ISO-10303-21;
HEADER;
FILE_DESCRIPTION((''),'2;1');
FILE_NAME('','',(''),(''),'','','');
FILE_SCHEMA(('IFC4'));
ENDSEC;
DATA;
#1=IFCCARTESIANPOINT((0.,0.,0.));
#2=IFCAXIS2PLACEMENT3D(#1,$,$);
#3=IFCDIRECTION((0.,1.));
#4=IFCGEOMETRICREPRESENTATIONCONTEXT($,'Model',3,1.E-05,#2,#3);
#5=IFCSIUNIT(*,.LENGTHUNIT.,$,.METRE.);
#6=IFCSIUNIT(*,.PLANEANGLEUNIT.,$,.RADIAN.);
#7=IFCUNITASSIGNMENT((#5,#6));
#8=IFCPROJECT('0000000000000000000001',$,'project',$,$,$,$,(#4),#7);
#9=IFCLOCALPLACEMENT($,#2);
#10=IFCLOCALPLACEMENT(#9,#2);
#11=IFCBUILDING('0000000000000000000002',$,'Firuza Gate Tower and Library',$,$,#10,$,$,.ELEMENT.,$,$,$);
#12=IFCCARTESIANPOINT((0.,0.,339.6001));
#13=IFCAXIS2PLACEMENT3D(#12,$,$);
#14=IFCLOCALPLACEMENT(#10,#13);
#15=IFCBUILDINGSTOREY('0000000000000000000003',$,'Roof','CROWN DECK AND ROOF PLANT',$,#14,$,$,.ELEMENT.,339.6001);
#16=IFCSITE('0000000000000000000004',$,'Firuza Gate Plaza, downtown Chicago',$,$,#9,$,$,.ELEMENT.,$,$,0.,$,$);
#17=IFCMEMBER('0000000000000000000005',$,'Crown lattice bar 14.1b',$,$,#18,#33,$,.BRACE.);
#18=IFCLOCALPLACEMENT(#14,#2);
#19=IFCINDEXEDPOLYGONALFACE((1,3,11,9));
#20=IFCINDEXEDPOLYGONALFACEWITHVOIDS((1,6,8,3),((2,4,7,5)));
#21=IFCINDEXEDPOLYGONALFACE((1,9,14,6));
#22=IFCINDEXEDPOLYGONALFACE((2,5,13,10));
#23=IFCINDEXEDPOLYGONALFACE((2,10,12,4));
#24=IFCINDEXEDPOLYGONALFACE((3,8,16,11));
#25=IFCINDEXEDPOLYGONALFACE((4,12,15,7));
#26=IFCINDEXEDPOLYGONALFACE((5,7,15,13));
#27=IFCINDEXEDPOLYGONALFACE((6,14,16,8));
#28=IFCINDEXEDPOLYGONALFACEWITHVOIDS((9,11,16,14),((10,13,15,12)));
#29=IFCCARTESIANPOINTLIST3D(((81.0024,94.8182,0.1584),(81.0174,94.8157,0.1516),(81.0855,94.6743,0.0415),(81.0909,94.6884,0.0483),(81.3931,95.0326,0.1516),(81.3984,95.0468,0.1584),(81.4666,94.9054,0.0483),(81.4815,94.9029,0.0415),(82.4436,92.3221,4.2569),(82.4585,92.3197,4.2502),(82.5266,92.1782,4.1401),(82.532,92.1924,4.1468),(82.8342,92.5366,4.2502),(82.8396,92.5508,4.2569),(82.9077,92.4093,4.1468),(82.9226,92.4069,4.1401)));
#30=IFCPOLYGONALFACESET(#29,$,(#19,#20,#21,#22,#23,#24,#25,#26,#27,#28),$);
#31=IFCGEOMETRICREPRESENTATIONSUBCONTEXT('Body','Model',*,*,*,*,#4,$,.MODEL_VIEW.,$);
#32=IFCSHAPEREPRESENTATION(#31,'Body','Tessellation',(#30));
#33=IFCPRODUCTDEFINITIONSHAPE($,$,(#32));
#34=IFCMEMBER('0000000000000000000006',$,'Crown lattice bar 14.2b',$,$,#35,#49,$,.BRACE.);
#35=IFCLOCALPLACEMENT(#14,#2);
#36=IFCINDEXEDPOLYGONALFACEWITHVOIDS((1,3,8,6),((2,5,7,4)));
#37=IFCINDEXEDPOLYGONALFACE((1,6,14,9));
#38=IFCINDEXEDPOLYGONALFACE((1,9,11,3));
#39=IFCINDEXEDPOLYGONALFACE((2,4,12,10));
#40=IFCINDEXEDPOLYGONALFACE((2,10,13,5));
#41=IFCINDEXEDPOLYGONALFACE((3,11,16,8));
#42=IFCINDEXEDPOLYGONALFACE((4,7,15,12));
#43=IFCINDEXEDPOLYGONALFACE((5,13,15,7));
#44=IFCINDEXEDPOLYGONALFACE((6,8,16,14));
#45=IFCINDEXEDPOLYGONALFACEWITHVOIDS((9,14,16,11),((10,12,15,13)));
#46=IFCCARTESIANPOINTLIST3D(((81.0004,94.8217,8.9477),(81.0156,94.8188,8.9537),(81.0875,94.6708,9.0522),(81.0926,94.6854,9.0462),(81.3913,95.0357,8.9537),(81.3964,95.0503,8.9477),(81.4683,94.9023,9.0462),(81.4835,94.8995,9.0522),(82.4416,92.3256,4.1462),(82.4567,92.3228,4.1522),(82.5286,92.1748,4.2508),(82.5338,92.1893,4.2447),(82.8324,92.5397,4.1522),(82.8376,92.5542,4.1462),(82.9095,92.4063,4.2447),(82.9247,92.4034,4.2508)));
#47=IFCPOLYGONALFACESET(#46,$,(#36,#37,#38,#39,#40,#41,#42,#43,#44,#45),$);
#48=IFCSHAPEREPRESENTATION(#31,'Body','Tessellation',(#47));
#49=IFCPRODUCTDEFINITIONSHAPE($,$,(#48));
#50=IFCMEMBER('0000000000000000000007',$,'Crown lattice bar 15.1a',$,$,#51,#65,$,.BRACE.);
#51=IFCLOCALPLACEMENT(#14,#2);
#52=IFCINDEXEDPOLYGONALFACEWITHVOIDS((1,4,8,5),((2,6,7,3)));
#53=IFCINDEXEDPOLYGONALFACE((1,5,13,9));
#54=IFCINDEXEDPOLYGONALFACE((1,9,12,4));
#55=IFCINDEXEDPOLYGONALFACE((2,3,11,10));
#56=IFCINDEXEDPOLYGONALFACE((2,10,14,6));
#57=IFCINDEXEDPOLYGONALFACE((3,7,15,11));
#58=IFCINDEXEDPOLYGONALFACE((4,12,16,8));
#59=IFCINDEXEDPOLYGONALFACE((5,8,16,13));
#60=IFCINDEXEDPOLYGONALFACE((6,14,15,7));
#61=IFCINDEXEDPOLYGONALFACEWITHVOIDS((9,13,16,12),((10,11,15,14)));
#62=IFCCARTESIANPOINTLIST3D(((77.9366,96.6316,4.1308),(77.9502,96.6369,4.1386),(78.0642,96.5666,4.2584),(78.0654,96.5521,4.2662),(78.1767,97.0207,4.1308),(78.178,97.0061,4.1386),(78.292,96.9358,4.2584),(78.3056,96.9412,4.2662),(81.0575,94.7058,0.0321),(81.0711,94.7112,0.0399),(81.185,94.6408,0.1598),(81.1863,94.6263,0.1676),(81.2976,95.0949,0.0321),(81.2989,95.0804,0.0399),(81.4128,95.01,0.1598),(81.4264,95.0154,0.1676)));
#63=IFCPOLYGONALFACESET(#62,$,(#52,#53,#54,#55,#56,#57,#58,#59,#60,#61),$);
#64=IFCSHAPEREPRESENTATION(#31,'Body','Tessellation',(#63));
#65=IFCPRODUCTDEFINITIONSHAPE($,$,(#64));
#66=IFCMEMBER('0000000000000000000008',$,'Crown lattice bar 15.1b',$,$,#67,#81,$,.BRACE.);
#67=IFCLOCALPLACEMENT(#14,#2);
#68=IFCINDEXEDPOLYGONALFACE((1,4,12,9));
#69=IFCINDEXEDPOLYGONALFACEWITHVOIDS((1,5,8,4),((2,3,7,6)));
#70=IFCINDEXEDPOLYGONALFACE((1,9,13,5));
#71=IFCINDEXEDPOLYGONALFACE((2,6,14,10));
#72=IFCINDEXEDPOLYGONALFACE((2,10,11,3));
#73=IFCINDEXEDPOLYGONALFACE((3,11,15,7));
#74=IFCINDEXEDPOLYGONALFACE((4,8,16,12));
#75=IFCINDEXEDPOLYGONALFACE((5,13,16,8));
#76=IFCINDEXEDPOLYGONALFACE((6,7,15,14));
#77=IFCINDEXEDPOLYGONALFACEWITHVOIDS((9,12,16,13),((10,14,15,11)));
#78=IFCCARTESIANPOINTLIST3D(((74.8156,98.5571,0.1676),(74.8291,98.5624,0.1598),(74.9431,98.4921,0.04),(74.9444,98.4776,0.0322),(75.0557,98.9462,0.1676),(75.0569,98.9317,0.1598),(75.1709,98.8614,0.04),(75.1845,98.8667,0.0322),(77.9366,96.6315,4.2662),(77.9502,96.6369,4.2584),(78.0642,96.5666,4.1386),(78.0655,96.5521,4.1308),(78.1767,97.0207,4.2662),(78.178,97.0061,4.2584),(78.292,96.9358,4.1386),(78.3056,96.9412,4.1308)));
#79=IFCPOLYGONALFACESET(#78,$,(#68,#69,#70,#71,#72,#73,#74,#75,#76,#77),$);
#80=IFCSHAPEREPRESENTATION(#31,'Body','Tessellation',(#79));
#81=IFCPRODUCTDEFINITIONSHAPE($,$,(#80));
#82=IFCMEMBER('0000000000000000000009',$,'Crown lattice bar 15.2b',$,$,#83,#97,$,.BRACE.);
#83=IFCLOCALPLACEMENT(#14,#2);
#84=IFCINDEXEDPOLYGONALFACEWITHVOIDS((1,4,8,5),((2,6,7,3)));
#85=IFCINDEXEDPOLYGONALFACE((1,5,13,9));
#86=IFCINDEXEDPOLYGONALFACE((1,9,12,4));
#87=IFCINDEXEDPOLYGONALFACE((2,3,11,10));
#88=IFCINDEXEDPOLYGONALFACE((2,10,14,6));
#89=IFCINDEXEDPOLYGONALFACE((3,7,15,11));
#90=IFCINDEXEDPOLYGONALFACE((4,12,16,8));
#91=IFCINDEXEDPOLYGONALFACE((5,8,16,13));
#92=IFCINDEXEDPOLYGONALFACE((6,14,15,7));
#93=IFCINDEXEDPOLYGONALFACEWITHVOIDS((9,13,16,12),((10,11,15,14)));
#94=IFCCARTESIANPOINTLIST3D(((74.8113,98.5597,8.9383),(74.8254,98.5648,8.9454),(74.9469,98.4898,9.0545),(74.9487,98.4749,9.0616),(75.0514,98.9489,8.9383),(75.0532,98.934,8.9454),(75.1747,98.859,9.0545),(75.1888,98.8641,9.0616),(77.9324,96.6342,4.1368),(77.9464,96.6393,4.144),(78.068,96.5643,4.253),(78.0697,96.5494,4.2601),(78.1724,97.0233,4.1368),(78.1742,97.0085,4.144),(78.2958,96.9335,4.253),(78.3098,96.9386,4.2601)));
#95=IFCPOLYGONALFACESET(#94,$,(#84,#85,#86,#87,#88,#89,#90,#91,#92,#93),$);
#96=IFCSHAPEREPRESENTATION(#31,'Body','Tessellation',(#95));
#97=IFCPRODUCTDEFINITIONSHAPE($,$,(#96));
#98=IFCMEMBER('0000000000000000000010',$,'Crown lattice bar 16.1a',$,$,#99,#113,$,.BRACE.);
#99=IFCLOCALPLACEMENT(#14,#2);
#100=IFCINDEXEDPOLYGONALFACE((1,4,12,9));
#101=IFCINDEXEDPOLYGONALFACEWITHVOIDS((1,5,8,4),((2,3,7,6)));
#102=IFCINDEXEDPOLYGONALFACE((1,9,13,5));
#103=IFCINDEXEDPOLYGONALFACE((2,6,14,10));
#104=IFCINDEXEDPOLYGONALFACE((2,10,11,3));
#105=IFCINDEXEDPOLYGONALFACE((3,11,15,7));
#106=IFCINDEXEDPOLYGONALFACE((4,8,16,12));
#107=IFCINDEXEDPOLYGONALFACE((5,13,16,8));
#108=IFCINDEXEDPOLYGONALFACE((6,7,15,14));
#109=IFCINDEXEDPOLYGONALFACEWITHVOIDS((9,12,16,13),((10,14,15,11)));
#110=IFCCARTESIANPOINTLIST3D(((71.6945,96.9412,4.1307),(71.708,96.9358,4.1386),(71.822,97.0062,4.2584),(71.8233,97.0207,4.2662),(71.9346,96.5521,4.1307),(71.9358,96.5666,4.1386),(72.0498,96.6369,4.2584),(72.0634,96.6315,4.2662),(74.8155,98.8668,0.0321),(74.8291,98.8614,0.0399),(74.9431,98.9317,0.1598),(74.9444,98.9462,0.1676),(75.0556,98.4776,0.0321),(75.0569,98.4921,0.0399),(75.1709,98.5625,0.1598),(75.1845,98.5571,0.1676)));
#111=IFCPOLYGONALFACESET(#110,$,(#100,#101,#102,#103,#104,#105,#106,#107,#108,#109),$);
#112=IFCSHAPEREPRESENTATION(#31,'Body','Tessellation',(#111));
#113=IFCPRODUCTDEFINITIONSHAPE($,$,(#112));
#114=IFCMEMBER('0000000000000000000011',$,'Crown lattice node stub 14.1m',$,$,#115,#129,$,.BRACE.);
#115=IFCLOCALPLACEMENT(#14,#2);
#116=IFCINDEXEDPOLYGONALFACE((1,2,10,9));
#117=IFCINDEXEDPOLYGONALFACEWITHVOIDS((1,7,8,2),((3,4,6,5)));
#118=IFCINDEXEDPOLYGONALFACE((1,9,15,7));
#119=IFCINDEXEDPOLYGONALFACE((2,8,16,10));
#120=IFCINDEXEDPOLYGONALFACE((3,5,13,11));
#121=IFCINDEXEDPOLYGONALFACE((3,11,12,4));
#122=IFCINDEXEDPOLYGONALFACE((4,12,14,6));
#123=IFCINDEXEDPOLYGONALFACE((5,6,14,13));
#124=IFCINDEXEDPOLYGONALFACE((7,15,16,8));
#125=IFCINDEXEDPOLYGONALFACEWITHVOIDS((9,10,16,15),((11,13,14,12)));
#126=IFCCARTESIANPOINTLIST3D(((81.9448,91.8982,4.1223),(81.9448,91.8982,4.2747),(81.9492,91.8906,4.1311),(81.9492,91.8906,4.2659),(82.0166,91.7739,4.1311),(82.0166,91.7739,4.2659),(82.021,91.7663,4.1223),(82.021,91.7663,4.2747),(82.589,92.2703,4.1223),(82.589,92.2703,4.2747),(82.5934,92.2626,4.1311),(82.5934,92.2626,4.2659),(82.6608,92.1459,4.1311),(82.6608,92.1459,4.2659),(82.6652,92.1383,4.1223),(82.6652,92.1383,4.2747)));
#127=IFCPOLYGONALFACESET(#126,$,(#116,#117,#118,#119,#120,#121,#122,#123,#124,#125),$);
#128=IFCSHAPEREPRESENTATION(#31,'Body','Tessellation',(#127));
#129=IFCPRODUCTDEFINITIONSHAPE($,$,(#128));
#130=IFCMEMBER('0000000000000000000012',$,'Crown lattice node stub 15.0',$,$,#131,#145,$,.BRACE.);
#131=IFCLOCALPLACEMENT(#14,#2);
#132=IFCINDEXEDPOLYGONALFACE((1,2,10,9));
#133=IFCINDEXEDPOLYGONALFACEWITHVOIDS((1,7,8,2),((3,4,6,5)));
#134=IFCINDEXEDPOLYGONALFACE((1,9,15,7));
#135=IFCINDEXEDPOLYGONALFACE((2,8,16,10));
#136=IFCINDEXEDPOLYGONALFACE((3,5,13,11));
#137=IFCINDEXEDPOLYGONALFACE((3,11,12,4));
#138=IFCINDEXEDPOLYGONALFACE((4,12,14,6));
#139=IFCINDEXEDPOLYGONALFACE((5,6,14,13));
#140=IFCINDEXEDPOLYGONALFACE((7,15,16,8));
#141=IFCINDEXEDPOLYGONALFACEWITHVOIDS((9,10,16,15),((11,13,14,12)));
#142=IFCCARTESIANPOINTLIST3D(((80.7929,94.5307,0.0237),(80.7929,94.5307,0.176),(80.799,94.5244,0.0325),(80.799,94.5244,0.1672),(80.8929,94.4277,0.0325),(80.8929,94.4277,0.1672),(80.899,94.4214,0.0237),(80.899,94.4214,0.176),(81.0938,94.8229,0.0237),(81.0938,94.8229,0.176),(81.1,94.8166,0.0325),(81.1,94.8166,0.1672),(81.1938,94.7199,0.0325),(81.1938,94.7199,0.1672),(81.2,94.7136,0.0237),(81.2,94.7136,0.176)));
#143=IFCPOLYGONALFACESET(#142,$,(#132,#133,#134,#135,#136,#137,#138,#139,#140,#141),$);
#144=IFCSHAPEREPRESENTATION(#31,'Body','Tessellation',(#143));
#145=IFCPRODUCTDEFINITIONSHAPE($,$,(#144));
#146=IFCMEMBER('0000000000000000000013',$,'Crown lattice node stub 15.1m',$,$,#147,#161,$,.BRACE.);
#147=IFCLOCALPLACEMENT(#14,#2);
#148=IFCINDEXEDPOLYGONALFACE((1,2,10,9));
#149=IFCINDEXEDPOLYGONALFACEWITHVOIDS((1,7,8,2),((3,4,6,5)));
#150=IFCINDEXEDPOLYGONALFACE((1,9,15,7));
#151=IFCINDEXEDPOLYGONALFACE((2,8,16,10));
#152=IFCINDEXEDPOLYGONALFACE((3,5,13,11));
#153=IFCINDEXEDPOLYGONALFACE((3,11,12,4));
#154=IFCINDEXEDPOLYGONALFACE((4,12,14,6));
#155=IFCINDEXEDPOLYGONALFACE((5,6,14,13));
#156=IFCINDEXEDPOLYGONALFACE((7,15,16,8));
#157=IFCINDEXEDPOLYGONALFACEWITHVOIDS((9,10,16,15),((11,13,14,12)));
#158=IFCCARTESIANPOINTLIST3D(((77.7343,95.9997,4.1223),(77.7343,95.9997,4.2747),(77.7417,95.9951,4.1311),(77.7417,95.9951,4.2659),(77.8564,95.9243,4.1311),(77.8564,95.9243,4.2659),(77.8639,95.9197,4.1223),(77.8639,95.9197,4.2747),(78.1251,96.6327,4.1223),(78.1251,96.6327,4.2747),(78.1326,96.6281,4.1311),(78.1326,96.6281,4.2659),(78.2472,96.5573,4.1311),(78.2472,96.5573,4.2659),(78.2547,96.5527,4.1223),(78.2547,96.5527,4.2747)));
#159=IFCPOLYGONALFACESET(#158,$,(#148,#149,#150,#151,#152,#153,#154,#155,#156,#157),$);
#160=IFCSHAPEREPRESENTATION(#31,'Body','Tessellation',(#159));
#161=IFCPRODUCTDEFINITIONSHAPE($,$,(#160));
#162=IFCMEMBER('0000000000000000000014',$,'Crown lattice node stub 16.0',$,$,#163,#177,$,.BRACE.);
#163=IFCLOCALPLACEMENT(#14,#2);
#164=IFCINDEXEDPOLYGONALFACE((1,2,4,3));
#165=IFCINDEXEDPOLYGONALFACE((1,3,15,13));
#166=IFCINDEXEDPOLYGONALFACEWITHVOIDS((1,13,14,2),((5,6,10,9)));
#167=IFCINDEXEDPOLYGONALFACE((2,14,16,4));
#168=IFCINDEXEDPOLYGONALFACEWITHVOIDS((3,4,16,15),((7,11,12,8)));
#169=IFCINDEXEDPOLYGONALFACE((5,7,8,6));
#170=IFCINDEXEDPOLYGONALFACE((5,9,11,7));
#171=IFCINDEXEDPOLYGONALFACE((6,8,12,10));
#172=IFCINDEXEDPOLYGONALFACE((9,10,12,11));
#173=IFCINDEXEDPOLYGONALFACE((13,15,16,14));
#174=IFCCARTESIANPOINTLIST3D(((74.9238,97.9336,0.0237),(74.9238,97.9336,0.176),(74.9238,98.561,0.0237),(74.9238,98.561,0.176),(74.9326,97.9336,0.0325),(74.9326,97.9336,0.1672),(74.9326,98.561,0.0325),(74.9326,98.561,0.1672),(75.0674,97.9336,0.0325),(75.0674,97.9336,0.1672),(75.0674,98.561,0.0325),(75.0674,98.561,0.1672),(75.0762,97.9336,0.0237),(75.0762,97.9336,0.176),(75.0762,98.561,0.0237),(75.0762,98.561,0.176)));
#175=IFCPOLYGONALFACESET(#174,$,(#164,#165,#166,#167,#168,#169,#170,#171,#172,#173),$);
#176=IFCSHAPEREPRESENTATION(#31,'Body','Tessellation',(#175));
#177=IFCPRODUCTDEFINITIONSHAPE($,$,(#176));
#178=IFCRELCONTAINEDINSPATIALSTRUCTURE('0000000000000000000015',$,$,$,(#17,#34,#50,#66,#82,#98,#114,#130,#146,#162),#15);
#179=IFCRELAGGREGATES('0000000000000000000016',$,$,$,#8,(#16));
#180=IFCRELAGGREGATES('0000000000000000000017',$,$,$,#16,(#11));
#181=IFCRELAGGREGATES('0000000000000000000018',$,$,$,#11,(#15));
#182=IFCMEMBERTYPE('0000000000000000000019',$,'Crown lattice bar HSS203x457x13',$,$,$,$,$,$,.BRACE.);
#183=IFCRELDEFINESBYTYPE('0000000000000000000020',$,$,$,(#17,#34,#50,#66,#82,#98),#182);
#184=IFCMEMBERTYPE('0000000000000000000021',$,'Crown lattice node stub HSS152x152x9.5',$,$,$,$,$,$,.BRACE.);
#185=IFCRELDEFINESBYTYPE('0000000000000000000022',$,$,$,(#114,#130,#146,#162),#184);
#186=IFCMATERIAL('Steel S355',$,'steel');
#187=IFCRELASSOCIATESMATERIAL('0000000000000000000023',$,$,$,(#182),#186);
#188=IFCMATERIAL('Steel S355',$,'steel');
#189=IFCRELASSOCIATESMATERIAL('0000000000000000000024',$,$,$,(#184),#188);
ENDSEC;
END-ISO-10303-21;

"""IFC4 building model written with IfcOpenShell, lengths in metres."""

from ifc_helpers import new_model, si_unit, direction, frame, origin, origin_2d, place, context, subcontext, project, spatial, hollow_rectangle, extrude, material, material_profile, profile_set, type_object, element, save


model = new_model("IFC4")

# Units and contexts
model_context = context("Model", 3, precision=1e-05, world=origin(), true_north=direction((0.0, 1.0)))
body_context = subcontext(model_context, "Body", "Model", "MODEL_VIEW")
ifc_project = project(units=[si_unit("LENGTHUNIT", "METRE"), si_unit("PLANEANGLEUNIT", "RADIAN")], contexts=[model_context])

# Site, building, storey
site_placement = place(None, origin())
site = spatial("IfcSite", under=ifc_project, at=site_placement, Name="Firuza Gate Plaza, downtown Chicago", CompositionType="ELEMENT", RefElevation=0.0)
building_placement = place(site_placement, origin())
building = spatial("IfcBuilding", under=site, at=building_placement, Name="Firuza Gate Tower and Library", CompositionType="ELEMENT")
storey_placement = place(building_placement, frame((0.0, 0.0, 339.6001)))
storey = spatial("IfcBuildingStorey", under=building, at=storey_placement, Name="Roof", Description="CROWN DECK AND ROOF PLANT", CompositionType="ELEMENT", Elevation=339.6001)

# Members
ifc_material_1 = material(Name="Steel S355", Category="steel")
ifc_material_profile_1 = material_profile(ifc_material_1, hollow_rectangle(XDim=0.4573, YDim=0.2031, WallThickness=0.0117, at=origin_2d()))
ifc_profile_set_1 = profile_set([ifc_material_profile_1], Name="Steel S355")
member_type_1 = type_object("IfcMemberType", Name="Crown lattice bar HSS203x457x13", PredefinedType="BRACE", material=ifc_profile_set_1)
member_1_placement = place(storey_placement, frame((82.6831, 92.3645, 4.1985), z_axis=(-0.287622, 0.498162, -0.817991), x_axis=(-0.866019, -0.500011, 0.0)))
element("IfcMember", 1, at=member_1_placement, inside=storey, type_object=member_type_1, Name="Crown lattice bar 14.1b", PredefinedType="BRACE", context=body_context, shape_type="SweptSolid", body=[
    extrude(hollow_rectangle(XDim=0.4573, YDim=0.2031, WallThickness=0.0117, at=origin_2d()), origin(), (0.0, 0.0, 1.0), 5.0105),
])
member_2_placement = place(storey_placement, frame((82.6831, 92.3645, 4.1985), z_axis=(-0.257342, 0.445717, 0.857386), x_axis=(-0.866019, -0.500011, 0.0)))
element("IfcMember", 2, at=member_2_placement, inside=storey, type_object=member_type_1, Name="Crown lattice bar 14.2b", PredefinedType="BRACE", context=body_context, shape_type="SweptSolid", body=[
    extrude(hollow_rectangle(XDim=0.4573, YDim=0.2031, WallThickness=0.0117, at=origin_2d()), origin(), (0.0, 0.0, 1.0), 5.6001),
])
for number, where, z_axis, x_axis, name in (
    (3, (81.2419, 94.8606, 0.0999), (-0.567454, 0.350159, 0.745241), (-0.525137, -0.851018, 0.0), "Crown lattice bar 15.1a"),
    (4, (78.1211, 96.7864, 4.1985), (-0.567493, 0.350111, -0.745234), (-0.525059, -0.851066, 0.0), "Crown lattice bar 15.1b"),
):
    element("IfcMember", number, at=place(storey_placement, frame(where, z_axis=z_axis, x_axis=x_axis)), inside=storey, type_object=member_type_1, Name=name, PredefinedType="BRACE", context=body_context, shape_type="SweptSolid", body=[
        extrude(hollow_rectangle(XDim=0.4573, YDim=0.2031, WallThickness=0.0117, at=origin_2d()), origin(), (0.0, 0.0, 1.0), 5.4998),
    ])
member_3_placement = place(storey_placement, frame((78.1211, 96.7864, 4.1985), z_axis=(-0.516583, 0.318702, 0.794715), x_axis=(-0.525059, -0.851066, 0.0)))
element("IfcMember", 5, at=member_3_placement, inside=storey, type_object=member_type_1, Name="Crown lattice bar 15.2b", PredefinedType="BRACE", context=body_context, shape_type="SweptSolid", body=[
    extrude(hollow_rectangle(XDim=0.4573, YDim=0.2031, WallThickness=0.0117, at=origin_2d()), origin(), (0.0, 0.0, 1.0), 6.0417),
])
member_4_placement = place(storey_placement, frame((75.0, 98.7119, 0.0999), z_axis=(-0.567493, -0.350111, 0.745234), x_axis=(0.525059, -0.851066, 0.0)))
element("IfcMember", 6, at=member_4_placement, inside=storey, type_object=member_type_1, Name="Crown lattice bar 16.1a", PredefinedType="BRACE", context=body_context, shape_type="SweptSolid", body=[
    extrude(hollow_rectangle(XDim=0.4573, YDim=0.2031, WallThickness=0.0117, at=origin_2d()), origin(), (0.0, 0.0, 1.0), 5.4998),
])
ifc_material_2 = material(Name="Steel S355", Category="steel")
ifc_material_profile_2 = material_profile(ifc_material_2, hollow_rectangle(XDim=0.1523, YDim=0.1523, WallThickness=0.0088, at=origin_2d()))
ifc_profile_set_2 = profile_set([ifc_material_profile_2], Name="Steel S355")
member_type_2 = type_object("IfcMemberType", Name="Crown lattice node stub HSS152x152x9.5", PredefinedType="BRACE", material=ifc_profile_set_2)
member_5_placement = place(storey_placement, frame((81.9829, 91.8323, 4.1985), z_axis=(0.865972, 0.500092, 0.0), x_axis=(-0.500092, 0.865972, 0.0)))
element("IfcMember", 7, at=member_5_placement, inside=storey, type_object=member_type_2, Name="Crown lattice node stub 14.1m", PredefinedType="BRACE", context=body_context, shape_type="SweptSolid", body=[
    extrude(hollow_rectangle(XDim=0.1523, YDim=0.1523, WallThickness=0.0088, at=origin_2d()), origin(), (0.0, 0.0, 1.0), 0.7439),
])
member_6_placement = place(storey_placement, frame((80.8459, 94.4761, 0.0999), z_axis=(0.717504, 0.696555, 0.0), x_axis=(-0.696555, 0.717504, 0.0)))
element("IfcMember", 8, at=member_6_placement, inside=storey, type_object=member_type_2, Name="Crown lattice node stub 15.0", PredefinedType="BRACE", context=body_context, shape_type="SweptSolid", body=[
    extrude(hollow_rectangle(XDim=0.1523, YDim=0.1523, WallThickness=0.0088, at=origin_2d()), origin(), (0.0, 0.0, 1.0), 0.4194),
])
member_7_placement = place(storey_placement, frame((77.7991, 95.9597, 4.1985), z_axis=(0.52536, 0.85088, 0.0), x_axis=(-0.85088, 0.52536, 0.0)))
element("IfcMember", 9, at=member_7_placement, inside=storey, type_object=member_type_2, Name="Crown lattice node stub 15.1m", PredefinedType="BRACE", context=body_context, shape_type="SweptSolid", body=[
    extrude(hollow_rectangle(XDim=0.1523, YDim=0.1523, WallThickness=0.0088, at=origin_2d()), origin(), (0.0, 0.0, 1.0), 0.7439),
])
member_8_placement = place(storey_placement, frame((75.0, 97.9336, 0.0999), z_axis=(0.0, 1.0, 0.0), x_axis=(-1.0, 0.0, 0.0)))
element("IfcMember", 10, at=member_8_placement, inside=storey, type_object=member_type_2, Name="Crown lattice node stub 16.0", PredefinedType="BRACE", context=body_context, shape_type="SweptSolid", body=[
    extrude(hollow_rectangle(XDim=0.1523, YDim=0.1523, WallThickness=0.0088, at=origin_2d()), origin(), (0.0, 0.0, 1.0), 0.6274),
])

save(model, "model.ifc")
